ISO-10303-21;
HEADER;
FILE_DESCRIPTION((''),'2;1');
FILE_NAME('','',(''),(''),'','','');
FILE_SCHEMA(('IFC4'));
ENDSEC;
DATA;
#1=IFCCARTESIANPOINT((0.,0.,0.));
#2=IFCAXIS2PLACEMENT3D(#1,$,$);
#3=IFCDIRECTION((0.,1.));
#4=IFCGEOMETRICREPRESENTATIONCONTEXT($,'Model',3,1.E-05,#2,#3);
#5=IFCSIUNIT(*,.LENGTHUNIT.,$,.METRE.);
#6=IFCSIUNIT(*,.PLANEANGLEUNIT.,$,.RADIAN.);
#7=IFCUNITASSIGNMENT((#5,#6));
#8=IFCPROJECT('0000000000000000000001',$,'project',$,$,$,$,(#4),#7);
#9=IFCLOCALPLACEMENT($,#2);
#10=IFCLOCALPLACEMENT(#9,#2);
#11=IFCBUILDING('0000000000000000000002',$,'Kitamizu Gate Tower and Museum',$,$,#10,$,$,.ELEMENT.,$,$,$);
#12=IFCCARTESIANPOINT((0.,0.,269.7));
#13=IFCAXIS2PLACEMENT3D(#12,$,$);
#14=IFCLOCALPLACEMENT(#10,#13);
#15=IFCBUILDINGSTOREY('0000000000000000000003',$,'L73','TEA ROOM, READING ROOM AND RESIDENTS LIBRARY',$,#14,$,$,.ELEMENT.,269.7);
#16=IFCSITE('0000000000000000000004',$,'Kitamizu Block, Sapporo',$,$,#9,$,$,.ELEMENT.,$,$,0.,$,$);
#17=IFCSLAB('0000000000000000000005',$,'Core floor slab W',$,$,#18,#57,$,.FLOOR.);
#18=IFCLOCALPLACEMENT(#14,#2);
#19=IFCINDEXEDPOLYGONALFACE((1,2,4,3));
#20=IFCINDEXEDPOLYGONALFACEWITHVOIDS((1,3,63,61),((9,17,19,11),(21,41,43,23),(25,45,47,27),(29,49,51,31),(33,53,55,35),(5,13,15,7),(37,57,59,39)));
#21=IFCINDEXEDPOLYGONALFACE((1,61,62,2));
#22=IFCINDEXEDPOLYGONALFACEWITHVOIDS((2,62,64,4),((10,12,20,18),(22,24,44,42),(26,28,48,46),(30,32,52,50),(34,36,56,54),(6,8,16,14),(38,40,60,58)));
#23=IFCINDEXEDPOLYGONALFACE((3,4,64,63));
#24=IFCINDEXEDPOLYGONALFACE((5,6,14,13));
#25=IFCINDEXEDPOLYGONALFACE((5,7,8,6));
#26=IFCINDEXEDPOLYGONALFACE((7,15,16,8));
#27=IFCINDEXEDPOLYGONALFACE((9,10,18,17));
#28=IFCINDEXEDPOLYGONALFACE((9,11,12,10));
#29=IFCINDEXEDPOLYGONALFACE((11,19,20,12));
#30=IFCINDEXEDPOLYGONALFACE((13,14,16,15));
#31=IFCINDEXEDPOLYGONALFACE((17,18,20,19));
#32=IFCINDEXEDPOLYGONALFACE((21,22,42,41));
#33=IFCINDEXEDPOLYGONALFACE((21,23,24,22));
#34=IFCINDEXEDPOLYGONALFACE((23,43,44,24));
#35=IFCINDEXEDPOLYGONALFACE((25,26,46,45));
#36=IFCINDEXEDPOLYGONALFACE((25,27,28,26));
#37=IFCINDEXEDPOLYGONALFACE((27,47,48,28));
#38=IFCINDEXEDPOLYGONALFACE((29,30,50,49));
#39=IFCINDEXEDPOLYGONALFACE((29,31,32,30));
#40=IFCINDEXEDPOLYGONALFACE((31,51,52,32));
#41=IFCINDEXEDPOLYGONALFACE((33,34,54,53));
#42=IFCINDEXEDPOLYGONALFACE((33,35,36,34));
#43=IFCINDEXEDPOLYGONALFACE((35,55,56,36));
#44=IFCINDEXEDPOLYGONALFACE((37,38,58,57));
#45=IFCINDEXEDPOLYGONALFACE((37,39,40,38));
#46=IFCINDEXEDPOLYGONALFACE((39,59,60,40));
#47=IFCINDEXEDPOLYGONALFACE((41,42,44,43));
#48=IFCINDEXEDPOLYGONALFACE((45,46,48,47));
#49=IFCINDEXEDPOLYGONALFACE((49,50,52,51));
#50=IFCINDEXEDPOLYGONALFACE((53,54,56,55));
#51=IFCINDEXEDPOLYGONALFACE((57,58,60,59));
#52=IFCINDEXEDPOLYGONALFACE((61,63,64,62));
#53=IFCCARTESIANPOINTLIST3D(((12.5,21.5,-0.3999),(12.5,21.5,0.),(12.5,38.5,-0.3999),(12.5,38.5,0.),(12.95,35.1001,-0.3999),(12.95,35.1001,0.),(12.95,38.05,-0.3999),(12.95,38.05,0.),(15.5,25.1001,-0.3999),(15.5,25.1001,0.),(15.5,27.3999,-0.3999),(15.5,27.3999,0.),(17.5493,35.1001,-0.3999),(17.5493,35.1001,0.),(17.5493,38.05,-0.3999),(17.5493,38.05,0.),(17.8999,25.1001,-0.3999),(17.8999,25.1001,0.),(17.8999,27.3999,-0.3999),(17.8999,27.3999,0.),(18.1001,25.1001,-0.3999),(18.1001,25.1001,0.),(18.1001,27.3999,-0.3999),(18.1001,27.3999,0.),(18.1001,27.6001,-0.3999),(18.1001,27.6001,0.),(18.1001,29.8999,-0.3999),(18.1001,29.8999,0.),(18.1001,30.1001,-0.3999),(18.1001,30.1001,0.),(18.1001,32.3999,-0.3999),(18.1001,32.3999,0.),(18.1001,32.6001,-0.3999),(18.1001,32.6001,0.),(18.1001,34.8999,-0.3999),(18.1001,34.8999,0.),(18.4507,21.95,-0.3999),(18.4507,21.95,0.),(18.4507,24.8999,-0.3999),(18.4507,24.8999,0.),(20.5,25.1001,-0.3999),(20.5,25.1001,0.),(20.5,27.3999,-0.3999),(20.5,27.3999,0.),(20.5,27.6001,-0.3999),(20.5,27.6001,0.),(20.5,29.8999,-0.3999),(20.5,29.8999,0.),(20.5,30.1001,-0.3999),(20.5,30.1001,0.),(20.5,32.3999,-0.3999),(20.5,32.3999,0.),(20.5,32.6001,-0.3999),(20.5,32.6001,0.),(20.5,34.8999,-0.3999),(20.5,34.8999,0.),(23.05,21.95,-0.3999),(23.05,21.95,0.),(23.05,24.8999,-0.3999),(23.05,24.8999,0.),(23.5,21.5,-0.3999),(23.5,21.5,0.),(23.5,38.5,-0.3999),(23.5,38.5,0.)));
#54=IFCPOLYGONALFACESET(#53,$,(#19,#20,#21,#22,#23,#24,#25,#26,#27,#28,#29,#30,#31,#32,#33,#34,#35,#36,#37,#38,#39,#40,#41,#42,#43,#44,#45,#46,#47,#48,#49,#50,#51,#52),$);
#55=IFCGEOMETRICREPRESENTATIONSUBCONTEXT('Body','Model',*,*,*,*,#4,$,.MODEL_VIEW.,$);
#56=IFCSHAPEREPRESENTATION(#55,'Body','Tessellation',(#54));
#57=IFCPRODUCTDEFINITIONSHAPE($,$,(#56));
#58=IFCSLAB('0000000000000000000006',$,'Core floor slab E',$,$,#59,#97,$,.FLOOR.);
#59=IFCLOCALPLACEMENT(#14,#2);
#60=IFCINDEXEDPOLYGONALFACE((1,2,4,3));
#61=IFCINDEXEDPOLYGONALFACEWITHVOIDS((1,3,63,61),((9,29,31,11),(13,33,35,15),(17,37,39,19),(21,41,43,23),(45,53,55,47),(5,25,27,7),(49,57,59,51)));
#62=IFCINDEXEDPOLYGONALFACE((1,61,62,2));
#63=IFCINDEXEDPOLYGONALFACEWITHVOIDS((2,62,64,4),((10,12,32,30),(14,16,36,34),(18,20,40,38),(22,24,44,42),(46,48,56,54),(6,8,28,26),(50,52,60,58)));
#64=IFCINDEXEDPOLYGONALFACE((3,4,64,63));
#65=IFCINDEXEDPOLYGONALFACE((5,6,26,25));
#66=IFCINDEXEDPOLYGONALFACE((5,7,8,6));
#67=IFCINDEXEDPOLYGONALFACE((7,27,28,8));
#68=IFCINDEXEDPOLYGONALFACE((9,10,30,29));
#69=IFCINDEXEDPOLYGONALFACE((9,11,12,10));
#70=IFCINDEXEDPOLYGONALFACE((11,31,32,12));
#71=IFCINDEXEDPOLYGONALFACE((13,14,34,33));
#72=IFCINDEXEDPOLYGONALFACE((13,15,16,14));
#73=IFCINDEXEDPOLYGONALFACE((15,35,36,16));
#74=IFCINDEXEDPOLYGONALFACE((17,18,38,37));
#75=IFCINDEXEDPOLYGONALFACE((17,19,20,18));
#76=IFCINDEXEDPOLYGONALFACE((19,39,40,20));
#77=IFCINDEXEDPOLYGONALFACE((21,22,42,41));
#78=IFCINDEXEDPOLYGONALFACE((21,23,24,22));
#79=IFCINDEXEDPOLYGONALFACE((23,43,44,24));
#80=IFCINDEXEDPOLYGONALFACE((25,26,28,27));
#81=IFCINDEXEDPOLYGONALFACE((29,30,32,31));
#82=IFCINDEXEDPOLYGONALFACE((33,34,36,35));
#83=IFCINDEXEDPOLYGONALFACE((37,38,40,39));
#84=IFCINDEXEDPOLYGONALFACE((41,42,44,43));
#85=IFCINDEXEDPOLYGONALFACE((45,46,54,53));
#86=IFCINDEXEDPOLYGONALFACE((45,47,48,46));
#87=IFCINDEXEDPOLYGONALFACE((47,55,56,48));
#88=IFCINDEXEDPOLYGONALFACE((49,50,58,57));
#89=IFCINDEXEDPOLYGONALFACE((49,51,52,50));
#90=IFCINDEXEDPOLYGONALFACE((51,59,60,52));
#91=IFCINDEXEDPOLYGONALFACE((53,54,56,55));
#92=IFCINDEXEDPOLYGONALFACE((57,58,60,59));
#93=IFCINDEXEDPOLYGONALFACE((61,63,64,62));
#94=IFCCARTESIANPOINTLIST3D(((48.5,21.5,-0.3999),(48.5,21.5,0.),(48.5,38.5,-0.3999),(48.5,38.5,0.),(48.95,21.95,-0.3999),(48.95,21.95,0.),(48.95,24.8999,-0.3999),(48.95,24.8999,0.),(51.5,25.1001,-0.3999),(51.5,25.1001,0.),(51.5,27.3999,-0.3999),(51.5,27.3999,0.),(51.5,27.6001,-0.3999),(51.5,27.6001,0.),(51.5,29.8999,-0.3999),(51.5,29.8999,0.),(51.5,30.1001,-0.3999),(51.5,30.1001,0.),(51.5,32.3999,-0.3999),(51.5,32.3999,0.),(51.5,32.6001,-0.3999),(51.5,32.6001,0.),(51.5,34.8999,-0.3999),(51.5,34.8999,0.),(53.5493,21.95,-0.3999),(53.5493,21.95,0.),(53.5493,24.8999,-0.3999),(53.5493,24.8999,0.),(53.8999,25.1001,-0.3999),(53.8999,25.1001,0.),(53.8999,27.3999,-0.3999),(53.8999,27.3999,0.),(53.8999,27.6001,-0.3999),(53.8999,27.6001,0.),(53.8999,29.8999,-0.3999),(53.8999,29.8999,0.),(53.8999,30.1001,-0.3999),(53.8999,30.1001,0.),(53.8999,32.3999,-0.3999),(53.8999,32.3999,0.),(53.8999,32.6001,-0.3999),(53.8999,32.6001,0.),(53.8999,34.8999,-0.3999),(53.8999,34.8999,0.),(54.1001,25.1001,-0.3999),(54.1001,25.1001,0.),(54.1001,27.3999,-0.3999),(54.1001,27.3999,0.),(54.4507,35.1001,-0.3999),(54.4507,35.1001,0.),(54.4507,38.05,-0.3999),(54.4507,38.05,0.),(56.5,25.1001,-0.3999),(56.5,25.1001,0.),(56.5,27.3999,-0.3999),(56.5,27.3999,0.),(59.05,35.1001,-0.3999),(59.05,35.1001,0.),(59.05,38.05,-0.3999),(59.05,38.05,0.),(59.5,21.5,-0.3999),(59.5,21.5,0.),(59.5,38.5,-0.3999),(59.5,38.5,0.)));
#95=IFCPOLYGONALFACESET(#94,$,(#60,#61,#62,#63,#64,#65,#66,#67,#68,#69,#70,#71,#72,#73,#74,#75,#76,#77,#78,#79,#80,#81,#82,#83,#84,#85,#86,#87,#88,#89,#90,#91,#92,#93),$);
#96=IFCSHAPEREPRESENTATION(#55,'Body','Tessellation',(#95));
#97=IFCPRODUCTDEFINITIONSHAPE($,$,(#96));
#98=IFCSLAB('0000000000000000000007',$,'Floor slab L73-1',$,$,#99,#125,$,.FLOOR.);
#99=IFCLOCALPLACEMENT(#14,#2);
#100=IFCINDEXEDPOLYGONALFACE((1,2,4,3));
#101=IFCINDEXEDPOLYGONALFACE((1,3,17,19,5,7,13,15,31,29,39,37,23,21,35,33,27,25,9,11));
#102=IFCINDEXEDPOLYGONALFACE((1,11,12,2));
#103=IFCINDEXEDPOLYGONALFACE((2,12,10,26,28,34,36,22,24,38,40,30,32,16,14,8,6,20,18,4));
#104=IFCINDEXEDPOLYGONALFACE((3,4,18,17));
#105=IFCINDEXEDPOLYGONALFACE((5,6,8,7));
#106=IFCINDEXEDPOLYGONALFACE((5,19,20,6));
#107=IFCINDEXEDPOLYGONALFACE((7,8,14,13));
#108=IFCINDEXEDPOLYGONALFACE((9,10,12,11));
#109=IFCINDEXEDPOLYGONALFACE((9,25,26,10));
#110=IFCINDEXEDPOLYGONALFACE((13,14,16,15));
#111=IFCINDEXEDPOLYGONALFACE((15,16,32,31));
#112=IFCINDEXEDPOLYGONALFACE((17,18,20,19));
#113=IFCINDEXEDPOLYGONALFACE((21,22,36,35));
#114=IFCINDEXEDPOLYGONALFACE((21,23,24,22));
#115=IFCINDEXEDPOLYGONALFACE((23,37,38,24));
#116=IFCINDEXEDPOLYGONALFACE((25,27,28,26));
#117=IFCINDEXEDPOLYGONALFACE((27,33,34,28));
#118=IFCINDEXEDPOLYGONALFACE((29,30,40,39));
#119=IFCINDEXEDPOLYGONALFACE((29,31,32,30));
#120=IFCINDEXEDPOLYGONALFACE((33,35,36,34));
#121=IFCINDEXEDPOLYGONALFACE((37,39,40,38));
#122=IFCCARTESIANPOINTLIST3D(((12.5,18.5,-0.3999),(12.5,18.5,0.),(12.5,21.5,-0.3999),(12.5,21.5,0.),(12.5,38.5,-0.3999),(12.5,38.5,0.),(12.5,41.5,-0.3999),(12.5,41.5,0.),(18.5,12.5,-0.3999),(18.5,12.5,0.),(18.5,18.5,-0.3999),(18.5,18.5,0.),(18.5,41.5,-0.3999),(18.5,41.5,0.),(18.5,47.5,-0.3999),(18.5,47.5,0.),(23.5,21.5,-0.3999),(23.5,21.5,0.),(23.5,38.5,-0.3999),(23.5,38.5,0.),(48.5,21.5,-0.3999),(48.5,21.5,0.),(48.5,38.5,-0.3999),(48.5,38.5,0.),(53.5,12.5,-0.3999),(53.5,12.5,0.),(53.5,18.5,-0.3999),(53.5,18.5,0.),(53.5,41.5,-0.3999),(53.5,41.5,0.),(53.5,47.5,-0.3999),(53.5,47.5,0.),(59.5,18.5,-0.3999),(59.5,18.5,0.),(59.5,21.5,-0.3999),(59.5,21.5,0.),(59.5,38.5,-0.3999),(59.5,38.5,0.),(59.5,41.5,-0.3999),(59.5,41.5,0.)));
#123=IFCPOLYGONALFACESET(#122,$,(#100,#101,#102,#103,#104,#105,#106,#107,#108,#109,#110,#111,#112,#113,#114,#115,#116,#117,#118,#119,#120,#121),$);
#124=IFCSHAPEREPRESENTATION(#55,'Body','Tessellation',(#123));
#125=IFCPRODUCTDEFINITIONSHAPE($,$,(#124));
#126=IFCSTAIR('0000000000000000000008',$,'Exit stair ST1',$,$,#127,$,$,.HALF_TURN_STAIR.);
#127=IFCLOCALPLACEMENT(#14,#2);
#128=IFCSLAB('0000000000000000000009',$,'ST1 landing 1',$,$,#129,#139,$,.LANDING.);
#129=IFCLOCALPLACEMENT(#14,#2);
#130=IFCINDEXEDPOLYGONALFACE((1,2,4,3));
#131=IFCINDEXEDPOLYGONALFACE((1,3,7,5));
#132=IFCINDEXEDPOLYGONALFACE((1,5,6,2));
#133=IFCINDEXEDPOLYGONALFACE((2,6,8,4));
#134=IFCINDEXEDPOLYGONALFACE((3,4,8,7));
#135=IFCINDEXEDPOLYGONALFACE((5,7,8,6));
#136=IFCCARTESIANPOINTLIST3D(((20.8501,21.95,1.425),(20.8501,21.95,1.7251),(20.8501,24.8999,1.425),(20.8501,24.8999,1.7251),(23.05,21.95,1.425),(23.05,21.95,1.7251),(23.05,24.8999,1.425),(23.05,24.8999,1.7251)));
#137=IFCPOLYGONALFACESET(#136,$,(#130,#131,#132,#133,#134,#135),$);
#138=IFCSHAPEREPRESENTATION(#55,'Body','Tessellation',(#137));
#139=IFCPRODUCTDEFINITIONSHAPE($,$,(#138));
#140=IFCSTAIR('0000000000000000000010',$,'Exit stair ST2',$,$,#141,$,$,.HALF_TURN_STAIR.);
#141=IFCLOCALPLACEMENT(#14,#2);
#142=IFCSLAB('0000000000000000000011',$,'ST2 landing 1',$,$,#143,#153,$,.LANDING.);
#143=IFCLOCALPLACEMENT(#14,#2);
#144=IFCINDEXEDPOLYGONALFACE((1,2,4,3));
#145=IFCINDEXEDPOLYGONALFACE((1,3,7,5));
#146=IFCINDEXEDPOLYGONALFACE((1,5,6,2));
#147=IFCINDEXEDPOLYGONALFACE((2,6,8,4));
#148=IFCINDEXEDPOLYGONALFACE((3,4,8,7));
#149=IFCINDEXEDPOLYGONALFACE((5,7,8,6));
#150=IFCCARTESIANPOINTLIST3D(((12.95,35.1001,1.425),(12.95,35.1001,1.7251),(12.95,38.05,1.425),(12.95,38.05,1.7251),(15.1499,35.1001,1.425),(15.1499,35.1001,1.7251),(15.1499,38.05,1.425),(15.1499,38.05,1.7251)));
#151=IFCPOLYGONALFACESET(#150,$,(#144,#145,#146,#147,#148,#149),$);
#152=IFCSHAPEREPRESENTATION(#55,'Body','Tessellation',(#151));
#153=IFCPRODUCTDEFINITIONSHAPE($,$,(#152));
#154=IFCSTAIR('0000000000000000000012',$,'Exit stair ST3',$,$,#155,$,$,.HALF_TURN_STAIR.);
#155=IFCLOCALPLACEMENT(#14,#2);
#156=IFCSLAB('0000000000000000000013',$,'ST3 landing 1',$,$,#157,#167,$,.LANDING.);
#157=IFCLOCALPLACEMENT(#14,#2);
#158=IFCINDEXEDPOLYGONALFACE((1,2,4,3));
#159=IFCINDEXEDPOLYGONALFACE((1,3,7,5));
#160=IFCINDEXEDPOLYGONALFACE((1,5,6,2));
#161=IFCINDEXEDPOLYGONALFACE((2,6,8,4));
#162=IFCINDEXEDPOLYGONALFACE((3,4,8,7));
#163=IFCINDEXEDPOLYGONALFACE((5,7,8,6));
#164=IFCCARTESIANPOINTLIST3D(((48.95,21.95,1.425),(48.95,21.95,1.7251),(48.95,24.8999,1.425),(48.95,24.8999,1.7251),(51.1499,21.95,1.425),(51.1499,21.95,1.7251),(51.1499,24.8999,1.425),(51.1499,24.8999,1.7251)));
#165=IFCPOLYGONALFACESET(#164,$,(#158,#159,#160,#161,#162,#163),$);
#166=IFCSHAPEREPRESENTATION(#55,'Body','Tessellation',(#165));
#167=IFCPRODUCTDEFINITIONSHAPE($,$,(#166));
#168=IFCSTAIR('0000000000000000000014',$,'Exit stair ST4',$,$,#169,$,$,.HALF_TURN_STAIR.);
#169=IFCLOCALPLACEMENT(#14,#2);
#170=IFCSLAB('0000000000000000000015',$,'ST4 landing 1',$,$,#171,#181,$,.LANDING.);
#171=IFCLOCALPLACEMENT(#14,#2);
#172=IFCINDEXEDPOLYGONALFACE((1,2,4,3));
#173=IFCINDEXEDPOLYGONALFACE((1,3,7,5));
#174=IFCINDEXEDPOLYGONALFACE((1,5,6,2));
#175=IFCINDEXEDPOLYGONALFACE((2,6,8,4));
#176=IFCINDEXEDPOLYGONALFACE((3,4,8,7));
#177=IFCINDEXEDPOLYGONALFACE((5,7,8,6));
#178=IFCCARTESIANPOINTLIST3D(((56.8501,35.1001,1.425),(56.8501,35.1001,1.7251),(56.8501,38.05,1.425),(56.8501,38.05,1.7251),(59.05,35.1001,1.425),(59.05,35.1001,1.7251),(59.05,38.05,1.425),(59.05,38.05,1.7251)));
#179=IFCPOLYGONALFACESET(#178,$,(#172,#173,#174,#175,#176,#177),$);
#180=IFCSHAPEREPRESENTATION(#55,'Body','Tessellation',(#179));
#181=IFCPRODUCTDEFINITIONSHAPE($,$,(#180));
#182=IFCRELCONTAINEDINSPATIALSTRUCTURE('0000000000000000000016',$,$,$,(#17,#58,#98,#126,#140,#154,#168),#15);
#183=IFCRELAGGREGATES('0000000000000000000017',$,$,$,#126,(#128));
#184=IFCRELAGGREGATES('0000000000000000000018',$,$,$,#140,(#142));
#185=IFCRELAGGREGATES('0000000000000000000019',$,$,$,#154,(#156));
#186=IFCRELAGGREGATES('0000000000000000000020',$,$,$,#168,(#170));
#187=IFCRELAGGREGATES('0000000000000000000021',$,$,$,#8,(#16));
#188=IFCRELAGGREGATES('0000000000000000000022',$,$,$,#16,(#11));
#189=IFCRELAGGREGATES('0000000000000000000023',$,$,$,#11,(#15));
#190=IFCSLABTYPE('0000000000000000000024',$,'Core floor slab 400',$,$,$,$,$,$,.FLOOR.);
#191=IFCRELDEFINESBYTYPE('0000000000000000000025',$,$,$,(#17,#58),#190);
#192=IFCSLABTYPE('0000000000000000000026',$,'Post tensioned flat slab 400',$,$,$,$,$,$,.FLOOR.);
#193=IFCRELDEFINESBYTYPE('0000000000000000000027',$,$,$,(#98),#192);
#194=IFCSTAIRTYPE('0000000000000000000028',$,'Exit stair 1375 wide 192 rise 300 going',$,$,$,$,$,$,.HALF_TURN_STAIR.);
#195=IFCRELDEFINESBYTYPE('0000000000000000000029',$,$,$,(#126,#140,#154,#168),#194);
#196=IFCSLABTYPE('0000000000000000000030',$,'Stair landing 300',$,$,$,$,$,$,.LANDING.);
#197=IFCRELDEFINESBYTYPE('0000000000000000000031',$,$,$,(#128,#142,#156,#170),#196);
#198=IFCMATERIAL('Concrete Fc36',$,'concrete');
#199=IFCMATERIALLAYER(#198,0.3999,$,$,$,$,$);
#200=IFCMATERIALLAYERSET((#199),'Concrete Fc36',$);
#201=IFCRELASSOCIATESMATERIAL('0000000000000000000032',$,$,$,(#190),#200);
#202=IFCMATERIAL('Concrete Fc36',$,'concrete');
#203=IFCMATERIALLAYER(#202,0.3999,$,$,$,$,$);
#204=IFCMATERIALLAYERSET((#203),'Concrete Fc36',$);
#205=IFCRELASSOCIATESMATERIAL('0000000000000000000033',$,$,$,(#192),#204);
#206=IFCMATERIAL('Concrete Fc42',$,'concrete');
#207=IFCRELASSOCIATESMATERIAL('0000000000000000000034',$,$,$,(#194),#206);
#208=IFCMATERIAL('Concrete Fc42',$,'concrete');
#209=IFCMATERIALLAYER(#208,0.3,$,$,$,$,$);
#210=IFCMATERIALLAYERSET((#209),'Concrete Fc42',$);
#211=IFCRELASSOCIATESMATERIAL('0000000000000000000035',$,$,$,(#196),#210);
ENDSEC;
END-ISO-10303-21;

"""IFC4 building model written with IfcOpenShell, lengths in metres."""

from ifc_helpers import new_model, si_unit, direction, frame, origin, place, context, subcontext, project, spatial, polyline, outline, extrude, material, layer, layer_set, type_object, element, aggregate, save


model = new_model("IFC4")

# Units and contexts
model_context = context("Model", 3, precision=1e-05, world=origin(), true_north=direction((0.0, 1.0)))
body_context = subcontext(model_context, "Body", "Model", "MODEL_VIEW")
ifc_project = project(units=[si_unit("LENGTHUNIT", "METRE"), si_unit("PLANEANGLEUNIT", "RADIAN")], contexts=[model_context])

# Site, building, storey
site_placement = place(None, origin())
site = spatial("IfcSite", under=ifc_project, at=site_placement, Name="Kitamizu Block, Sapporo", CompositionType="ELEMENT", RefElevation=0.0)
building_placement = place(site_placement, origin())
building = spatial("IfcBuilding", under=site, at=building_placement, Name="Kitamizu Gate Tower and Museum", CompositionType="ELEMENT")
storey_placement = place(building_placement, frame((0.0, 0.0, 269.7)))
storey = spatial("IfcBuildingStorey", under=building, at=storey_placement, Name="L73", Description="TEA ROOM, READING ROOM AND RESIDENTS LIBRARY", CompositionType="ELEMENT", Elevation=269.7)

# Slabs
ifc_material_1 = material(Name="Concrete Fc36", Category="concrete")
ifc_layer_1 = layer(ifc_material_1, 0.3999)
ifc_layer_set_1 = layer_set([ifc_layer_1], Name="Concrete Fc36")
slab_type_1 = type_object("IfcSlabType", Name="Core floor slab 400", PredefinedType="FLOOR", material=ifc_layer_set_1)
slab_1_placement = place(storey_placement, frame((0.0, 0.0, -0.3999)))
element("IfcSlab", 1, at=slab_1_placement, inside=storey, type_object=slab_type_1, Name="Core floor slab W", PredefinedType="FLOOR", context=body_context, shape_type="SweptSolid", body=[
    extrude(outline(polyline([(12.5, 21.5), (23.5, 21.5), (23.5, 38.5), (12.5, 38.5), (12.5, 21.5)]), holes=[polyline([(15.5, 25.1001), (17.8999, 25.1001), (17.8999, 27.3999), (15.5, 27.3999), (15.5, 25.1001)]), polyline([(18.1001, 25.1001), (20.5, 25.1001), (20.5, 27.3999), (18.1001, 27.3999), (18.1001, 25.1001)]), polyline([(18.1001, 27.6001), (20.5, 27.6001), (20.5, 29.8999), (18.1001, 29.8999), (18.1001, 27.6001)]), polyline([(18.1001, 30.1001), (20.5, 30.1001), (20.5, 32.3999), (18.1001, 32.3999), (18.1001, 30.1001)]), polyline([(18.1001, 32.6001), (20.5, 32.6001), (20.5, 34.8999), (18.1001, 34.8999), (18.1001, 32.6001)]), polyline([(18.4507, 21.95), (23.05, 21.95), (23.05, 24.8999), (18.4507, 24.8999), (18.4507, 21.95)]), polyline([(12.95, 35.1001), (17.5493, 35.1001), (17.5493, 38.05), (12.95, 38.05), (12.95, 35.1001)])]), origin(), (0.0, 0.0, 1.0), 0.3999),
])
slab_2_placement = place(storey_placement, frame((0.0, 0.0, -0.3999)))
element("IfcSlab", 2, at=slab_2_placement, inside=storey, type_object=slab_type_1, Name="Core floor slab E", PredefinedType="FLOOR", context=body_context, shape_type="SweptSolid", body=[
    extrude(outline(polyline([(48.5, 21.5), (59.5, 21.5), (59.5, 38.5), (48.5, 38.5), (48.5, 21.5)]), holes=[polyline([(54.1001, 25.1001), (56.5, 25.1001), (56.5, 27.3999), (54.1001, 27.3999), (54.1001, 25.1001)]), polyline([(51.5, 25.1001), (53.8999, 25.1001), (53.8999, 27.3999), (51.5, 27.3999), (51.5, 25.1001)]), polyline([(51.5, 27.6001), (53.8999, 27.6001), (53.8999, 29.8999), (51.5, 29.8999), (51.5, 27.6001)]), polyline([(51.5, 30.1001), (53.8999, 30.1001), (53.8999, 32.3999), (51.5, 32.3999), (51.5, 30.1001)]), polyline([(51.5, 32.6001), (53.8999, 32.6001), (53.8999, 34.8999), (51.5, 34.8999), (51.5, 32.6001)]), polyline([(48.95, 21.95), (53.5493, 21.95), (53.5493, 24.8999), (48.95, 24.8999), (48.95, 21.95)]), polyline([(54.4507, 35.1001), (59.05, 35.1001), (59.05, 38.05), (54.4507, 38.05), (54.4507, 35.1001)])]), origin(), (0.0, 0.0, 1.0), 0.3999),
])
ifc_material_2 = material(Name="Concrete Fc36", Category="concrete")
ifc_layer_2 = layer(ifc_material_2, 0.3999)
ifc_layer_set_2 = layer_set([ifc_layer_2], Name="Concrete Fc36")
slab_type_2 = type_object("IfcSlabType", Name="Post tensioned flat slab 400", PredefinedType="FLOOR", material=ifc_layer_set_2)
slab_3_placement = place(storey_placement, frame((0.0, 0.0, -0.3999)))
element("IfcSlab", 3, at=slab_3_placement, inside=storey, type_object=slab_type_2, Name="Floor slab L73-1", PredefinedType="FLOOR", context=body_context, shape_type="SweptSolid", body=[
    extrude(outline(polyline([(12.5, 18.5), (12.5, 21.5), (23.5, 21.5), (23.5, 38.5), (12.5, 38.5), (12.5, 41.5), (18.5, 41.5), (18.5, 47.5), (53.5, 47.5), (53.5, 41.5), (59.5, 41.5), (59.5, 38.5), (48.5, 38.5), (48.5, 21.5), (59.5, 21.5), (59.5, 18.5), (53.5, 18.5), (53.5, 12.5), (18.5, 12.5), (18.5, 18.5), (12.5, 18.5)])), origin(), (0.0, 0.0, 1.0), 0.3999),
])

# Stairs, slabs
ifc_material_3 = material(Name="Concrete Fc42", Category="concrete")
stair_type = type_object("IfcStairType", Name="Exit stair 1375 wide 192 rise 300 going", PredefinedType="HALF_TURN_STAIR", material=ifc_material_3)
stair_1_placement = place(storey_placement, origin())
stair_1 = element("IfcStair", 4, at=stair_1_placement, inside=storey, type_object=stair_type, Name="Exit stair ST1", PredefinedType="HALF_TURN_STAIR")
ifc_material_4 = material(Name="Concrete Fc42", Category="concrete")
ifc_layer_3 = layer(ifc_material_4, 0.3)
ifc_layer_set_3 = layer_set([ifc_layer_3], Name="Concrete Fc42")
slab_type_3 = type_object("IfcSlabType", Name="Stair landing 300", PredefinedType="LANDING", material=ifc_layer_set_3)
slab_4_placement = place(storey_placement, frame((0.0, 0.0, 1.425)))
slab_4 = element("IfcSlab", 5, at=slab_4_placement, type_object=slab_type_3, Name="ST1 landing 1", PredefinedType="LANDING", context=body_context, shape_type="SweptSolid", body=[
    extrude(outline(polyline([(20.8501, 21.95), (23.05, 21.95), (23.05, 24.8999), (20.8501, 24.8999), (20.8501, 21.95)])), origin(), (0.0, 0.0, 1.0), 0.3),
])
aggregate(stair_1, [slab_4])
stair_2_placement = place(storey_placement, origin())
stair_2 = element("IfcStair", 6, at=stair_2_placement, inside=storey, type_object=stair_type, Name="Exit stair ST2", PredefinedType="HALF_TURN_STAIR")
slab_5_placement = place(storey_placement, frame((0.0, 0.0, 1.425)))
slab_5 = element("IfcSlab", 7, at=slab_5_placement, type_object=slab_type_3, Name="ST2 landing 1", PredefinedType="LANDING", context=body_context, shape_type="SweptSolid", body=[
    extrude(outline(polyline([(12.95, 35.1001), (15.1499, 35.1001), (15.1499, 38.05), (12.95, 38.05), (12.95, 35.1001)])), origin(), (0.0, 0.0, 1.0), 0.3),
])
aggregate(stair_2, [slab_5])
stair_3_placement = place(storey_placement, origin())
stair_3 = element("IfcStair", 8, at=stair_3_placement, inside=storey, type_object=stair_type, Name="Exit stair ST3", PredefinedType="HALF_TURN_STAIR")
slab_6_placement = place(storey_placement, frame((0.0, 0.0, 1.425)))
slab_6 = element("IfcSlab", 9, at=slab_6_placement, type_object=slab_type_3, Name="ST3 landing 1", PredefinedType="LANDING", context=body_context, shape_type="SweptSolid", body=[
    extrude(outline(polyline([(48.95, 21.95), (51.1499, 21.95), (51.1499, 24.8999), (48.95, 24.8999), (48.95, 21.95)])), origin(), (0.0, 0.0, 1.0), 0.3),
])
aggregate(stair_3, [slab_6])
stair_4_placement = place(storey_placement, origin())
stair_4 = element("IfcStair", 10, at=stair_4_placement, inside=storey, type_object=stair_type, Name="Exit stair ST4", PredefinedType="HALF_TURN_STAIR")
slab_7_placement = place(storey_placement, frame((0.0, 0.0, 1.425)))
slab_7 = element("IfcSlab", 11, at=slab_7_placement, type_object=slab_type_3, Name="ST4 landing 1", PredefinedType="LANDING", context=body_context, shape_type="SweptSolid", body=[
    extrude(outline(polyline([(56.8501, 35.1001), (59.05, 35.1001), (59.05, 38.05), (56.8501, 38.05), (56.8501, 35.1001)])), origin(), (0.0, 0.0, 1.0), 0.3),
])
aggregate(stair_4, [slab_7])

save(model, "model.ifc")
